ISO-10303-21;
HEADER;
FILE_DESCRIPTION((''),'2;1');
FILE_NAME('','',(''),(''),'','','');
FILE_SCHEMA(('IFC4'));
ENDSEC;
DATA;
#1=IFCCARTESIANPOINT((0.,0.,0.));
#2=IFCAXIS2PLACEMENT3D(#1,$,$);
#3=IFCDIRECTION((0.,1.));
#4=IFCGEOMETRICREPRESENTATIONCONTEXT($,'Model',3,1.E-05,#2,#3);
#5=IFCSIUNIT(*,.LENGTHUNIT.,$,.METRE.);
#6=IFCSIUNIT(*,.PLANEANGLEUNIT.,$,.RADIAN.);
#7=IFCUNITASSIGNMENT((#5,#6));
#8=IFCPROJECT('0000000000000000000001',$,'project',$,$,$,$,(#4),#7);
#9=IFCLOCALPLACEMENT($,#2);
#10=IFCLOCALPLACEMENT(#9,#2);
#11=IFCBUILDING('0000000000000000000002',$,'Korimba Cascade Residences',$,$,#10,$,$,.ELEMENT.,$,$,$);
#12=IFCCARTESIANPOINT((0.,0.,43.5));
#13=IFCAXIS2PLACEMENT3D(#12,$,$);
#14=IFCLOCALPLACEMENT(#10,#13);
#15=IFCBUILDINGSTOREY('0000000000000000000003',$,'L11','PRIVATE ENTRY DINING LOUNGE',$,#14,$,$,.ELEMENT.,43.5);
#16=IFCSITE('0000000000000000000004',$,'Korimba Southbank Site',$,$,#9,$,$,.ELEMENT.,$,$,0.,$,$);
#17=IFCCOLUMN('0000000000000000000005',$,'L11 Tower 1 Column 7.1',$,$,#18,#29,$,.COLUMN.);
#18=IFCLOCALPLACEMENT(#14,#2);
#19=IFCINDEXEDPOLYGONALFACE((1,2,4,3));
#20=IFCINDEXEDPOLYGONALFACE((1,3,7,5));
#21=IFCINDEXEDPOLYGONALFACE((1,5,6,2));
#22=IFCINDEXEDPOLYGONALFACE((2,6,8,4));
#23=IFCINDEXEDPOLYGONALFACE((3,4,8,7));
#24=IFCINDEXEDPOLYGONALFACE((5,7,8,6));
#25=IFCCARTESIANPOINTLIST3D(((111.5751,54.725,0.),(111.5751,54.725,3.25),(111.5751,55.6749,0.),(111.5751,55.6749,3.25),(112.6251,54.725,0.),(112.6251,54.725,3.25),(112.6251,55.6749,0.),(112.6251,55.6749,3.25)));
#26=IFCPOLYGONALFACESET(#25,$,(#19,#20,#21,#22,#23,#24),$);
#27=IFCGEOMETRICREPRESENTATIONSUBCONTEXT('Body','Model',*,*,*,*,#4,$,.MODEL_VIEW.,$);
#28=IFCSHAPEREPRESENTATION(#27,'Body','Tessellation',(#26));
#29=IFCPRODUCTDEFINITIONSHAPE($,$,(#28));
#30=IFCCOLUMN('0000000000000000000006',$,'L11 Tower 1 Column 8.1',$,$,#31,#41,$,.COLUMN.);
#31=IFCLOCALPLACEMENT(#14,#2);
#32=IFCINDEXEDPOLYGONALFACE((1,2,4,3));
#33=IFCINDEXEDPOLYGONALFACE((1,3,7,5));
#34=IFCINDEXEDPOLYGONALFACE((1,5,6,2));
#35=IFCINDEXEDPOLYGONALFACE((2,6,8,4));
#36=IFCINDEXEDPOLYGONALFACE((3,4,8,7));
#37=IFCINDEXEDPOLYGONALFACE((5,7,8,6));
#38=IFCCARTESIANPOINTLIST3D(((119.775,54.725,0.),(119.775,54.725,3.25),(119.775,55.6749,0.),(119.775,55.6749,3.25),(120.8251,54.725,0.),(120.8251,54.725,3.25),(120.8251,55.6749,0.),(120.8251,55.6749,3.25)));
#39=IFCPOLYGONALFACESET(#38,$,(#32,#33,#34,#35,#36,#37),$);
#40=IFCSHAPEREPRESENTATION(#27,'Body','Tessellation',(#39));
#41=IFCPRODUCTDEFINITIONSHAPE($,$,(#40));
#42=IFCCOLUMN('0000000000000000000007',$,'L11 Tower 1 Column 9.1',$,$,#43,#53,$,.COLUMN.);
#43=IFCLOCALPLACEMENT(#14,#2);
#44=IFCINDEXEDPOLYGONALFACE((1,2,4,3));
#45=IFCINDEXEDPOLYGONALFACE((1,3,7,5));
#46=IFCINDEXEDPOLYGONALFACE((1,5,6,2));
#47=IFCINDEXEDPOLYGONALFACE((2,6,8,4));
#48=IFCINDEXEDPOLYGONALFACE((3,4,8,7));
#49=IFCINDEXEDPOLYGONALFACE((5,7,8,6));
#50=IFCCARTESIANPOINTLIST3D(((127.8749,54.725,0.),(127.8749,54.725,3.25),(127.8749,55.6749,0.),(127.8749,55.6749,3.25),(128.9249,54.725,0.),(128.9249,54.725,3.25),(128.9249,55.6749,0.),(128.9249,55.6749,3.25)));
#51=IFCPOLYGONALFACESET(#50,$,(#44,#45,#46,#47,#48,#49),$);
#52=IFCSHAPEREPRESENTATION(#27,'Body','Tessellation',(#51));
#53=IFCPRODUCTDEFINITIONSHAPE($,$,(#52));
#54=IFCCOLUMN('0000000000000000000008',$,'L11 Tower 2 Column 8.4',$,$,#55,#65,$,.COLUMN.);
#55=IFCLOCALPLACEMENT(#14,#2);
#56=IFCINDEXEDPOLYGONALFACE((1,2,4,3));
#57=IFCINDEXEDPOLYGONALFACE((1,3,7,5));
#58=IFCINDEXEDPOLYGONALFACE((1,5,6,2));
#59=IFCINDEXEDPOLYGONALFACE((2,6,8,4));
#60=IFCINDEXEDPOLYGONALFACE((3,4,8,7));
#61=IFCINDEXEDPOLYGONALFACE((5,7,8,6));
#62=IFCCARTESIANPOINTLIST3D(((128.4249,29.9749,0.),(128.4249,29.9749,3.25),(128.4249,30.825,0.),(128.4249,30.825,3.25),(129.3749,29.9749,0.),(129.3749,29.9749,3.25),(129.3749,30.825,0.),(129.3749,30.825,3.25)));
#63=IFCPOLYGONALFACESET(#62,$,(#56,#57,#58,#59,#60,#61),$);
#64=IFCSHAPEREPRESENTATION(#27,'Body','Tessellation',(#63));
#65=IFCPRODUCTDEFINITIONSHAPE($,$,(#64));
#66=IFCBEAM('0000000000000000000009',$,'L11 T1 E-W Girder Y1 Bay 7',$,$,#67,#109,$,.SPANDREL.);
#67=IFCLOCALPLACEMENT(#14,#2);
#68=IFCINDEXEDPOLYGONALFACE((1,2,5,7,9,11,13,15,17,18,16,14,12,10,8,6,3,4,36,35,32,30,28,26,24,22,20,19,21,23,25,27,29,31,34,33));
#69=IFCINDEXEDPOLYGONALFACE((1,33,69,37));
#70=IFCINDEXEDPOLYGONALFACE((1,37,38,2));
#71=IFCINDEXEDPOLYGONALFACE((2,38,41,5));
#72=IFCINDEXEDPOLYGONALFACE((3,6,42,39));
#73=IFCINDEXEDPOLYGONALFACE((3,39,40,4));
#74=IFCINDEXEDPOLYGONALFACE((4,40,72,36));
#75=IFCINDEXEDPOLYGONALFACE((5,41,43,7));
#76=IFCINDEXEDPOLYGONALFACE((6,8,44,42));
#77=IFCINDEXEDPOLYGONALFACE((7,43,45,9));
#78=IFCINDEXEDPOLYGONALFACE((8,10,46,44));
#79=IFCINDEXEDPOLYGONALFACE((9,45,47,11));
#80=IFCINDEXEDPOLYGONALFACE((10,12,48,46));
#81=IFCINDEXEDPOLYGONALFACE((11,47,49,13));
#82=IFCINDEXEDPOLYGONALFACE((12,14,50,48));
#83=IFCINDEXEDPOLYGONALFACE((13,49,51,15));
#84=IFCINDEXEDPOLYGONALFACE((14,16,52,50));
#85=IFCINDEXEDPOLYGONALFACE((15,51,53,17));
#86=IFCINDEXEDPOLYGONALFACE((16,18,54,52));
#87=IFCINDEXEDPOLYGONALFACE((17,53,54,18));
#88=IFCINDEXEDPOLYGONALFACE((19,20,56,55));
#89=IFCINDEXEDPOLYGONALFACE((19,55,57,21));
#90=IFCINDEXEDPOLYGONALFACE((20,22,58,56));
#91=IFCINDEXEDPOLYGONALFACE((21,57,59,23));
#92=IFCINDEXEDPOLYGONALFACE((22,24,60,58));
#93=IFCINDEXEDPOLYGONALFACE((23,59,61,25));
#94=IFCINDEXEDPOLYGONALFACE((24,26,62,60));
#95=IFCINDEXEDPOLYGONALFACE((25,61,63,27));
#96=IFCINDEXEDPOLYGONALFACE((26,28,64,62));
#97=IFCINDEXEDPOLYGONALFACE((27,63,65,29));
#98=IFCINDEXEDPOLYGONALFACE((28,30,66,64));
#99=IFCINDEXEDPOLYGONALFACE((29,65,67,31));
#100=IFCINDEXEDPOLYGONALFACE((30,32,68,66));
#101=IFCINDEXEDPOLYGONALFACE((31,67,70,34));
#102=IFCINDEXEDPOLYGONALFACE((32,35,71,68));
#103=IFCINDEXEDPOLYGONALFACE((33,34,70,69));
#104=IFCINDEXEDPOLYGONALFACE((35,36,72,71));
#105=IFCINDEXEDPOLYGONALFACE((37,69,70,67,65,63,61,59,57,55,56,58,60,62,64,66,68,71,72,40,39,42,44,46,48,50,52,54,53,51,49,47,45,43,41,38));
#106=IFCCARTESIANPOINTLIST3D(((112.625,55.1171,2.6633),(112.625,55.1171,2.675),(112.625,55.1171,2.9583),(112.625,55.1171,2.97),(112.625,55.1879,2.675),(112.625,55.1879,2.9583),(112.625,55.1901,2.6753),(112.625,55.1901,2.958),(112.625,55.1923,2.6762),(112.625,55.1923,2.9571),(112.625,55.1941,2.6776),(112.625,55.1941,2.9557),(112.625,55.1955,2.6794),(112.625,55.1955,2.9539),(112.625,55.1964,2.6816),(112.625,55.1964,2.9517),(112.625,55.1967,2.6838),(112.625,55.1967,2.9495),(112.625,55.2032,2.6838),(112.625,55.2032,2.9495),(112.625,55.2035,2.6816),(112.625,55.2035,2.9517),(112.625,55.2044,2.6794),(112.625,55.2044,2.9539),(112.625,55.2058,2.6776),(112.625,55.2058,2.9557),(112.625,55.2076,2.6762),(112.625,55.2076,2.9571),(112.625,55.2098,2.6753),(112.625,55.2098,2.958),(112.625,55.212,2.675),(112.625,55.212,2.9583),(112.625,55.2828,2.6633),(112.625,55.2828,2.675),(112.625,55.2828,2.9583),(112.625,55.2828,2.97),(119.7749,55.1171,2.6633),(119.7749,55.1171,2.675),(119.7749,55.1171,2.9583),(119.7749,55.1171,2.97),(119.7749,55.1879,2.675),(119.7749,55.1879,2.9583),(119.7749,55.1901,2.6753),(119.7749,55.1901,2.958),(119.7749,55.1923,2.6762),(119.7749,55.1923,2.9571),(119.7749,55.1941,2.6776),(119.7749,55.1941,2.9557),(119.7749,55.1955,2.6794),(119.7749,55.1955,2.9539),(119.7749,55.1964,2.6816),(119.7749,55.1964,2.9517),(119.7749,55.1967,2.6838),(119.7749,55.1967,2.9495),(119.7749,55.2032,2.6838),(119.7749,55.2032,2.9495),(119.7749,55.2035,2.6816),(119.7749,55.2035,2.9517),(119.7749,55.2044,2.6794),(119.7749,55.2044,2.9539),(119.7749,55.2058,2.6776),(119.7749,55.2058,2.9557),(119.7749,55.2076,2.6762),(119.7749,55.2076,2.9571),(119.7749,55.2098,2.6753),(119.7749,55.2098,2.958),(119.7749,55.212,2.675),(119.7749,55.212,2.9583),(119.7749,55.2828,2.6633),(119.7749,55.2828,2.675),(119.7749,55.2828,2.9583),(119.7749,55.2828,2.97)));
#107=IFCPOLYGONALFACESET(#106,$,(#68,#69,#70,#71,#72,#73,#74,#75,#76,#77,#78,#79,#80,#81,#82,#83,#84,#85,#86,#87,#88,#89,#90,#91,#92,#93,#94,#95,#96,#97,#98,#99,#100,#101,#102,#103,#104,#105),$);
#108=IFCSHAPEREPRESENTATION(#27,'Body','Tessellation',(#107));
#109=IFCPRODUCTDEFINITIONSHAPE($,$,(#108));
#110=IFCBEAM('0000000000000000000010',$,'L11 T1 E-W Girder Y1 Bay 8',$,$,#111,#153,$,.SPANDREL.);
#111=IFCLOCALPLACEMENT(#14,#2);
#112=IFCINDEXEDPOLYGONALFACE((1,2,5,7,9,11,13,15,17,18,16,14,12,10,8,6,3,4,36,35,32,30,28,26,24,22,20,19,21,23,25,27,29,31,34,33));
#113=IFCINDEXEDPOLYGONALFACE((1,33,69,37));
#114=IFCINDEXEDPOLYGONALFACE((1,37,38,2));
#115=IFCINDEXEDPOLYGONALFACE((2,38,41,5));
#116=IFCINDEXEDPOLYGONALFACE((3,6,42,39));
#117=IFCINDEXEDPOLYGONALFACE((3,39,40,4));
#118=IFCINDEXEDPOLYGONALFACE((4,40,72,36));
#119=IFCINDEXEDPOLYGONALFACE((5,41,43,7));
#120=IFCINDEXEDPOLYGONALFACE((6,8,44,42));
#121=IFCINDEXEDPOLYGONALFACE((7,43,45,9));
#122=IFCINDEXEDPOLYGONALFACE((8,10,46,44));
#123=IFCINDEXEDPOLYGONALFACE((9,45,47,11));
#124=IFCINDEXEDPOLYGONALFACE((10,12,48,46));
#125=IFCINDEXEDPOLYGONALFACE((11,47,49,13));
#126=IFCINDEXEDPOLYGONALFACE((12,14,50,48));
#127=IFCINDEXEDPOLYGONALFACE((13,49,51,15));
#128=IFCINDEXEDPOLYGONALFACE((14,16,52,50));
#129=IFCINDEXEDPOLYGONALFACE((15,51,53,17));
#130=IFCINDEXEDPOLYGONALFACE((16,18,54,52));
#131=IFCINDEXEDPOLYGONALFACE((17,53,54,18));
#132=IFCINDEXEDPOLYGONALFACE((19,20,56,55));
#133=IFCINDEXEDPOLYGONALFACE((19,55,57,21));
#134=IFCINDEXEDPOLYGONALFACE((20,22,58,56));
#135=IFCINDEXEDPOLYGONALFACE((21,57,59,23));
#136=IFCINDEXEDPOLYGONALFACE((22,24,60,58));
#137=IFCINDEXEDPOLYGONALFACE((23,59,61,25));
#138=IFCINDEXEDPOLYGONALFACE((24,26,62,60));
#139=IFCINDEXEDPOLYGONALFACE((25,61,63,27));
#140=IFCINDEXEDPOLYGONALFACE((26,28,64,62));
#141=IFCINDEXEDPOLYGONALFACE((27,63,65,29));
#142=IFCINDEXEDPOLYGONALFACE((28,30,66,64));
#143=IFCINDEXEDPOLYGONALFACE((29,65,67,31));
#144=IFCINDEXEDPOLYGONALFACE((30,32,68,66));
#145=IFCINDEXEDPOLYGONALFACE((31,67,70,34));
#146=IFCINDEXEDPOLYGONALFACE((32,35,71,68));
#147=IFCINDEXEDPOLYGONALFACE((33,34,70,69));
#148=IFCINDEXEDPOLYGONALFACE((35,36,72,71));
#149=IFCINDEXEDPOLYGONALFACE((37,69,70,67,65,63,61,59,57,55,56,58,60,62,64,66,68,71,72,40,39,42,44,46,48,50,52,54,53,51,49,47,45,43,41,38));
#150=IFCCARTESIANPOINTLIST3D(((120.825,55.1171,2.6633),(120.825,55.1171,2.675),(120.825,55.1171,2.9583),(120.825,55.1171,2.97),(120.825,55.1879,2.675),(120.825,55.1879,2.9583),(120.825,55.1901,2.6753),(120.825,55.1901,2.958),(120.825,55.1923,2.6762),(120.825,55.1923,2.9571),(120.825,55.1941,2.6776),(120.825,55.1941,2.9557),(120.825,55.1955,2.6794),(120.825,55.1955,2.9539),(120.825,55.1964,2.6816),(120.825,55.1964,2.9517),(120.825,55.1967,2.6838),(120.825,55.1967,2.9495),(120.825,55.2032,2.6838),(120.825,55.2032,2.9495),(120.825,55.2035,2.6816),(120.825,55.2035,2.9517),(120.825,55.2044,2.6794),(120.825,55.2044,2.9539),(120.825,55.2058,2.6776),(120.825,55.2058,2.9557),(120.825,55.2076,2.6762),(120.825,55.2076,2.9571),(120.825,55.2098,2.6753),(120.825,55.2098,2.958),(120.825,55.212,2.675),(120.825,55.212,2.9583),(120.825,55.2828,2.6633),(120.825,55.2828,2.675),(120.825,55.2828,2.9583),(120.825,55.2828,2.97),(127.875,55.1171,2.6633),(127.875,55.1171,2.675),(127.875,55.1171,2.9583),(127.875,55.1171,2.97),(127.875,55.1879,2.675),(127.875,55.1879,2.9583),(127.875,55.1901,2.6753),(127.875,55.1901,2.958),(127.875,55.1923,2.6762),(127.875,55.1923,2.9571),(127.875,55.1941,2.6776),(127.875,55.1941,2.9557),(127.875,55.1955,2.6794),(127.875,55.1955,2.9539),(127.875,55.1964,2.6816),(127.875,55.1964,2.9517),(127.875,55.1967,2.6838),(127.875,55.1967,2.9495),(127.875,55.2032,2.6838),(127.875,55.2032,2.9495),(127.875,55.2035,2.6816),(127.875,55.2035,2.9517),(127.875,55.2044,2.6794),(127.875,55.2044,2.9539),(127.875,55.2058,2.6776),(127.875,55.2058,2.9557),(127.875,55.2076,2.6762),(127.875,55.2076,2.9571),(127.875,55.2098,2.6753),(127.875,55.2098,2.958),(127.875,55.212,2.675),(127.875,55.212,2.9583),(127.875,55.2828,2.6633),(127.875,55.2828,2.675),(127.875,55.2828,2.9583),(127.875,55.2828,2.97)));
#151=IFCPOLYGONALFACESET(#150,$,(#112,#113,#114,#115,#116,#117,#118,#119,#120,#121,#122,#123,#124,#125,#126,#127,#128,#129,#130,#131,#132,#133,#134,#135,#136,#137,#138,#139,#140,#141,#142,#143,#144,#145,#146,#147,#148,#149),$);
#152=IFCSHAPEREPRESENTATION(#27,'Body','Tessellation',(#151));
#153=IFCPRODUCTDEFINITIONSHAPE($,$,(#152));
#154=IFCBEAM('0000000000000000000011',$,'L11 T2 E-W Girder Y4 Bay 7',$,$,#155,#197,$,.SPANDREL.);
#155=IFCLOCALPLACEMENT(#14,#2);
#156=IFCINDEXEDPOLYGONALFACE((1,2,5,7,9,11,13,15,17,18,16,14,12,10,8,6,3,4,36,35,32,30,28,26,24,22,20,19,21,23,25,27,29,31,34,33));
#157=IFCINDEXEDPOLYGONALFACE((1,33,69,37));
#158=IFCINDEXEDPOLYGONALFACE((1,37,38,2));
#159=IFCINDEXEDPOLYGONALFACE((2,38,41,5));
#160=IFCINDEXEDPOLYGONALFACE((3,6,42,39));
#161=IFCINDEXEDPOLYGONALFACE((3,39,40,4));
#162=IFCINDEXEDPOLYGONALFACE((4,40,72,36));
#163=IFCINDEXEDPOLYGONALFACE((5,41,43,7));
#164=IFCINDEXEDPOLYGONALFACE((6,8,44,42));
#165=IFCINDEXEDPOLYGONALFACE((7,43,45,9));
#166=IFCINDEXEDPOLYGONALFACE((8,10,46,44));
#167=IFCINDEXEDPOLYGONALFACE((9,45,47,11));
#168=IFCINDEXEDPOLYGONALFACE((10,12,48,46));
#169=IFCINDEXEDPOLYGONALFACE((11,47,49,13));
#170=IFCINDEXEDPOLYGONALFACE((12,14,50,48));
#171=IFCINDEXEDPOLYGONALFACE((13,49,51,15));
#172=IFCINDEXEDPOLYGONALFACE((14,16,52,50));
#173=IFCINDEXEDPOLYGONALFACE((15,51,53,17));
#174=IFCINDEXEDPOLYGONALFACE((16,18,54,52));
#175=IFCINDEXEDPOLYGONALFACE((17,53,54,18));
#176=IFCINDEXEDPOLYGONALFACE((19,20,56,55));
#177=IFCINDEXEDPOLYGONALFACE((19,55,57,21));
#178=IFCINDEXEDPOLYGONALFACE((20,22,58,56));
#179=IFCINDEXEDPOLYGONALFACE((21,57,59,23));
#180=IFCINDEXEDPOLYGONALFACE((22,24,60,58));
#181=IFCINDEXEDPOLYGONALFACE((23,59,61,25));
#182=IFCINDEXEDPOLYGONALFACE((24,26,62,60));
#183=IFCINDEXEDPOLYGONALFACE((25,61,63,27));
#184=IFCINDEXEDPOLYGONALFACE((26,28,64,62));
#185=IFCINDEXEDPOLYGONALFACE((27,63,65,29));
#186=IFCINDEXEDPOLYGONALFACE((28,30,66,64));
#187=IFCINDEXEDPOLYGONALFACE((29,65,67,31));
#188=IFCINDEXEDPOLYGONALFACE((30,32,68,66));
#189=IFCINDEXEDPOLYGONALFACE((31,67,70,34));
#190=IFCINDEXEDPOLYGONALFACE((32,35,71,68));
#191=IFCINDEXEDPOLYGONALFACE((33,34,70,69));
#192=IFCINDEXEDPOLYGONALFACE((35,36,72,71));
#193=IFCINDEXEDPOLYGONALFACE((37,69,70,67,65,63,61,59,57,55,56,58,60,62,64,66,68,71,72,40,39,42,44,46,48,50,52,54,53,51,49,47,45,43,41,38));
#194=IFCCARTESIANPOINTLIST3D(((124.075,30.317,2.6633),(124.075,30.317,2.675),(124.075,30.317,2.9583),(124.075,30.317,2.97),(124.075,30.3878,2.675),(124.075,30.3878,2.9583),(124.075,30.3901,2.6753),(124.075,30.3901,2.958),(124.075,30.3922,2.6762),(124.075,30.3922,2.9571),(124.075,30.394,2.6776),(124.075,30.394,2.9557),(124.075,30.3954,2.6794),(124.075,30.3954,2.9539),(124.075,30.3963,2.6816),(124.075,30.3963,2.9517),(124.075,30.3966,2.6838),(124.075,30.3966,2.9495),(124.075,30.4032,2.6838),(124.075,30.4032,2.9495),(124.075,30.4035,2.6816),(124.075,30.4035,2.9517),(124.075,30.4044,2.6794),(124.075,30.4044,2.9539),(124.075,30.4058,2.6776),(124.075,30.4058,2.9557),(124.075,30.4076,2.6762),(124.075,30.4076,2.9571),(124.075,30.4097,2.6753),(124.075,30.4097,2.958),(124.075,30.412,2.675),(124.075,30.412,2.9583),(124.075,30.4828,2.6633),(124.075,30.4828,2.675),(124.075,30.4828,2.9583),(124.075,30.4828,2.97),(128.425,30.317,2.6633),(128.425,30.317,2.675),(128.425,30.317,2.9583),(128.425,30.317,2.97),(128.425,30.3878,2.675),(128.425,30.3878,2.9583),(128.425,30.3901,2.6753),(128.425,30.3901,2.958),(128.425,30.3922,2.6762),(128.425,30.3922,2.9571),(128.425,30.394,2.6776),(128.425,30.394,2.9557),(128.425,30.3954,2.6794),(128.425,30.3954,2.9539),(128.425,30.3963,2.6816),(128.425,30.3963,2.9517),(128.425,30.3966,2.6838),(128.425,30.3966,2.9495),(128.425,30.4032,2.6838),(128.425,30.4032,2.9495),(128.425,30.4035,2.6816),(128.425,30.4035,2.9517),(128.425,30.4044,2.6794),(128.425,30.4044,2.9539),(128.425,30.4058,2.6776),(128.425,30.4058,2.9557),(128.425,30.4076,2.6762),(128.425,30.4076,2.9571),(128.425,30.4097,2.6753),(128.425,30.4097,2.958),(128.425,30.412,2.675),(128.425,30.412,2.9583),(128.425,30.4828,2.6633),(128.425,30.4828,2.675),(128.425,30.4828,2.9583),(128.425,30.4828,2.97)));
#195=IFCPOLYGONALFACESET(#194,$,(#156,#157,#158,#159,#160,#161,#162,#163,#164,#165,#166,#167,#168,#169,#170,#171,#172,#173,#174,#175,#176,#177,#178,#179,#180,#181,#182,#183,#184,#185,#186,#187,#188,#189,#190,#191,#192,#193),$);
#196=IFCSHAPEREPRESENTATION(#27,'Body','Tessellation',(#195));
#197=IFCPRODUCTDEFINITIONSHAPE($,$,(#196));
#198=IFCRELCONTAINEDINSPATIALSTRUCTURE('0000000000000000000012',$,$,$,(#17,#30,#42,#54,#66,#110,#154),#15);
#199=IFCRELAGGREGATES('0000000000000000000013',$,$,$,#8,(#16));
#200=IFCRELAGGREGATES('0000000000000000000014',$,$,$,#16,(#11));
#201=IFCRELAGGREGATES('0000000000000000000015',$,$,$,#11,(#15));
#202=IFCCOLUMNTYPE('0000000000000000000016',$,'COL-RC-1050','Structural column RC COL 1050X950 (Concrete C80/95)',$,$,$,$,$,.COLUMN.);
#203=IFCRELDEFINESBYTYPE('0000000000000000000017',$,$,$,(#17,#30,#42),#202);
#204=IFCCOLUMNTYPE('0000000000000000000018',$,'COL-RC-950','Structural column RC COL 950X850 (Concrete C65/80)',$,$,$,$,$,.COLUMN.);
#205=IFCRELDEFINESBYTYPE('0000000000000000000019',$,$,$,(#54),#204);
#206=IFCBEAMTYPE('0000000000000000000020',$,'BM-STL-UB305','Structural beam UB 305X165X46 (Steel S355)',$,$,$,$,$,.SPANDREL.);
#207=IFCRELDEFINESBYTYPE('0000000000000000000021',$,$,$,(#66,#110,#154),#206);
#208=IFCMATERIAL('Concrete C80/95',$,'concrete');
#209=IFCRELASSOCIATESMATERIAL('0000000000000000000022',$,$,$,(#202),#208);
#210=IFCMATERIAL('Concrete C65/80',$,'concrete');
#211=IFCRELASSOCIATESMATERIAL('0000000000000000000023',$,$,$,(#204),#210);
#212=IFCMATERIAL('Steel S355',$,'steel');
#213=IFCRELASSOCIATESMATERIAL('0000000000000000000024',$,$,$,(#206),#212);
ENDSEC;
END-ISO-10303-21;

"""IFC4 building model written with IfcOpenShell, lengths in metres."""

from ifc_helpers import new_model, si_unit, direction, frame, origin, origin_2d, place, context, subcontext, project, spatial, rectangle, i_section, extrude, material, material_profile, profile_set, type_object, element, save


model = new_model("IFC4")

# Units and contexts
model_context = context("Model", 3, precision=1e-05, world=origin(), true_north=direction((0.0, 1.0)))
body_context = subcontext(model_context, "Body", "Model", "MODEL_VIEW")
ifc_project = project(units=[si_unit("LENGTHUNIT", "METRE"), si_unit("PLANEANGLEUNIT", "RADIAN")], contexts=[model_context])

# Site, building, storey
site_placement = place(None, origin())
site = spatial("IfcSite", under=ifc_project, at=site_placement, Name="Korimba Southbank Site", CompositionType="ELEMENT", RefElevation=0.0)
building_placement = place(site_placement, origin())
building = spatial("IfcBuilding", under=site, at=building_placement, Name="Korimba Cascade Residences", CompositionType="ELEMENT")
storey_placement = place(building_placement, frame((0.0, 0.0, 43.5)))
storey = spatial("IfcBuildingStorey", under=building, at=storey_placement, Name="L11", Description="PRIVATE ENTRY DINING LOUNGE", CompositionType="ELEMENT", Elevation=43.5)

# Columns
ifc_material_1 = material(Name="Concrete C80/95", Category="concrete")
ifc_material_profile_1 = material_profile(ifc_material_1, rectangle(XDim=1.05, YDim=0.95, at=origin_2d()), Name="Concrete C80/95")
ifc_profile_set_1 = profile_set([ifc_material_profile_1], Name="Concrete C80/95")
column_type_1 = type_object("IfcColumnType", Name="COL-RC-1050", Description="Structural column RC COL 1050X950 (Concrete C80/95)", PredefinedType="COLUMN", material=ifc_profile_set_1)
for number, where, z_axis, x_axis, name in (
    (1, (112.1001, 55.2, 0.0), (0.0, 0.0, 1.0), (1.0, 0.0, 0.0), "L11 Tower 1 Column 7.1"),
    (2, (120.3, 55.2, 0.0), (0.0, 0.0, 1.0), (1.0, 0.0, 0.0), "L11 Tower 1 Column 8.1"),
    (3, (128.3999, 55.2, 0.0), (0.0, 0.0, 1.0), (1.0, 0.0, 0.0), "L11 Tower 1 Column 9.1"),
):
    element("IfcColumn", number, at=place(storey_placement, frame(where, z_axis=z_axis, x_axis=x_axis)), inside=storey, type_object=column_type_1, Name=name, PredefinedType="COLUMN", context=body_context, shape_type="SweptSolid", body=[
        extrude(rectangle(XDim=1.05, YDim=0.95, at=origin_2d()), origin(), (0.0, 0.0, 1.0), 3.25),
    ])
ifc_material_2 = material(Name="Concrete C65/80", Category="concrete")
ifc_material_profile_2 = material_profile(ifc_material_2, rectangle(XDim=0.95, YDim=0.8501, at=origin_2d()), Name="Concrete C65/80")
ifc_profile_set_2 = profile_set([ifc_material_profile_2], Name="Concrete C65/80")
column_type_2 = type_object("IfcColumnType", Name="COL-RC-950", Description="Structural column RC COL 950X850 (Concrete C65/80)", PredefinedType="COLUMN", material=ifc_profile_set_2)
column_placement = place(storey_placement, frame((128.8999, 30.3999, 0.0), z_axis=(0.0, 0.0, 1.0), x_axis=(1.0, 0.0, 0.0)))
element("IfcColumn", 4, at=column_placement, inside=storey, type_object=column_type_2, Name="L11 Tower 2 Column 8.4", PredefinedType="COLUMN", context=body_context, shape_type="SweptSolid", body=[
    extrude(rectangle(XDim=0.95, YDim=0.8501, at=origin_2d()), origin(), (0.0, 0.0, 1.0), 3.25),
])

# Beams
ifc_material_3 = material(Name="Steel S355", Category="steel")
ifc_material_profile_3 = material_profile(ifc_material_3, i_section(OverallWidth=0.1658, OverallDepth=0.3066, WebThickness=0.0066, FlangeThickness=0.0117, FilletRadius=0.0088, at=origin_2d()), Name="Steel S355")
ifc_profile_set_3 = profile_set([ifc_material_profile_3], Name="Steel S355")
beam_type = type_object("IfcBeamType", Name="BM-STL-UB305", Description="Structural beam UB 305X165X46 (Steel S355)", PredefinedType="SPANDREL", material=ifc_profile_set_3)
beam_1_placement = place(storey_placement, frame((112.625, 55.2, 2.8167), z_axis=(1.0, 0.0, 0.0), x_axis=(0.0, 1.0, 0.0)))
element("IfcBeam", 5, at=beam_1_placement, inside=storey, type_object=beam_type, Name="L11 T1 E-W Girder Y1 Bay 7", PredefinedType="SPANDREL", context=body_context, shape_type="SweptSolid", body=[
    extrude(i_section(OverallWidth=0.1658, OverallDepth=0.3066, WebThickness=0.0066, FlangeThickness=0.0117, FilletRadius=0.0088, at=origin_2d()), origin(), (0.0, 0.0, 1.0), 7.1499),
])
beam_2_placement = place(storey_placement, frame((120.825, 55.2, 2.8167), z_axis=(1.0, 0.0, 0.0), x_axis=(0.0, 1.0, 0.0)))
element("IfcBeam", 6, at=beam_2_placement, inside=storey, type_object=beam_type, Name="L11 T1 E-W Girder Y1 Bay 8", PredefinedType="SPANDREL", context=body_context, shape_type="SweptSolid", body=[
    extrude(i_section(OverallWidth=0.1658, OverallDepth=0.3066, WebThickness=0.0066, FlangeThickness=0.0117, FilletRadius=0.0088, at=origin_2d()), origin(), (0.0, 0.0, 1.0), 7.05),
])
beam_3_placement = place(storey_placement, frame((124.075, 30.3999, 2.8167), z_axis=(1.0, 0.0, 0.0), x_axis=(0.0, 1.0, 0.0)))
element("IfcBeam", 7, at=beam_3_placement, inside=storey, type_object=beam_type, Name="L11 T2 E-W Girder Y4 Bay 7", PredefinedType="SPANDREL", context=body_context, shape_type="SweptSolid", body=[
    extrude(i_section(OverallWidth=0.1658, OverallDepth=0.3066, WebThickness=0.0066, FlangeThickness=0.0117, FilletRadius=0.0088, at=origin_2d()), origin(), (0.0, 0.0, 1.0), 4.3501),
])

save(model, "model.ifc")
